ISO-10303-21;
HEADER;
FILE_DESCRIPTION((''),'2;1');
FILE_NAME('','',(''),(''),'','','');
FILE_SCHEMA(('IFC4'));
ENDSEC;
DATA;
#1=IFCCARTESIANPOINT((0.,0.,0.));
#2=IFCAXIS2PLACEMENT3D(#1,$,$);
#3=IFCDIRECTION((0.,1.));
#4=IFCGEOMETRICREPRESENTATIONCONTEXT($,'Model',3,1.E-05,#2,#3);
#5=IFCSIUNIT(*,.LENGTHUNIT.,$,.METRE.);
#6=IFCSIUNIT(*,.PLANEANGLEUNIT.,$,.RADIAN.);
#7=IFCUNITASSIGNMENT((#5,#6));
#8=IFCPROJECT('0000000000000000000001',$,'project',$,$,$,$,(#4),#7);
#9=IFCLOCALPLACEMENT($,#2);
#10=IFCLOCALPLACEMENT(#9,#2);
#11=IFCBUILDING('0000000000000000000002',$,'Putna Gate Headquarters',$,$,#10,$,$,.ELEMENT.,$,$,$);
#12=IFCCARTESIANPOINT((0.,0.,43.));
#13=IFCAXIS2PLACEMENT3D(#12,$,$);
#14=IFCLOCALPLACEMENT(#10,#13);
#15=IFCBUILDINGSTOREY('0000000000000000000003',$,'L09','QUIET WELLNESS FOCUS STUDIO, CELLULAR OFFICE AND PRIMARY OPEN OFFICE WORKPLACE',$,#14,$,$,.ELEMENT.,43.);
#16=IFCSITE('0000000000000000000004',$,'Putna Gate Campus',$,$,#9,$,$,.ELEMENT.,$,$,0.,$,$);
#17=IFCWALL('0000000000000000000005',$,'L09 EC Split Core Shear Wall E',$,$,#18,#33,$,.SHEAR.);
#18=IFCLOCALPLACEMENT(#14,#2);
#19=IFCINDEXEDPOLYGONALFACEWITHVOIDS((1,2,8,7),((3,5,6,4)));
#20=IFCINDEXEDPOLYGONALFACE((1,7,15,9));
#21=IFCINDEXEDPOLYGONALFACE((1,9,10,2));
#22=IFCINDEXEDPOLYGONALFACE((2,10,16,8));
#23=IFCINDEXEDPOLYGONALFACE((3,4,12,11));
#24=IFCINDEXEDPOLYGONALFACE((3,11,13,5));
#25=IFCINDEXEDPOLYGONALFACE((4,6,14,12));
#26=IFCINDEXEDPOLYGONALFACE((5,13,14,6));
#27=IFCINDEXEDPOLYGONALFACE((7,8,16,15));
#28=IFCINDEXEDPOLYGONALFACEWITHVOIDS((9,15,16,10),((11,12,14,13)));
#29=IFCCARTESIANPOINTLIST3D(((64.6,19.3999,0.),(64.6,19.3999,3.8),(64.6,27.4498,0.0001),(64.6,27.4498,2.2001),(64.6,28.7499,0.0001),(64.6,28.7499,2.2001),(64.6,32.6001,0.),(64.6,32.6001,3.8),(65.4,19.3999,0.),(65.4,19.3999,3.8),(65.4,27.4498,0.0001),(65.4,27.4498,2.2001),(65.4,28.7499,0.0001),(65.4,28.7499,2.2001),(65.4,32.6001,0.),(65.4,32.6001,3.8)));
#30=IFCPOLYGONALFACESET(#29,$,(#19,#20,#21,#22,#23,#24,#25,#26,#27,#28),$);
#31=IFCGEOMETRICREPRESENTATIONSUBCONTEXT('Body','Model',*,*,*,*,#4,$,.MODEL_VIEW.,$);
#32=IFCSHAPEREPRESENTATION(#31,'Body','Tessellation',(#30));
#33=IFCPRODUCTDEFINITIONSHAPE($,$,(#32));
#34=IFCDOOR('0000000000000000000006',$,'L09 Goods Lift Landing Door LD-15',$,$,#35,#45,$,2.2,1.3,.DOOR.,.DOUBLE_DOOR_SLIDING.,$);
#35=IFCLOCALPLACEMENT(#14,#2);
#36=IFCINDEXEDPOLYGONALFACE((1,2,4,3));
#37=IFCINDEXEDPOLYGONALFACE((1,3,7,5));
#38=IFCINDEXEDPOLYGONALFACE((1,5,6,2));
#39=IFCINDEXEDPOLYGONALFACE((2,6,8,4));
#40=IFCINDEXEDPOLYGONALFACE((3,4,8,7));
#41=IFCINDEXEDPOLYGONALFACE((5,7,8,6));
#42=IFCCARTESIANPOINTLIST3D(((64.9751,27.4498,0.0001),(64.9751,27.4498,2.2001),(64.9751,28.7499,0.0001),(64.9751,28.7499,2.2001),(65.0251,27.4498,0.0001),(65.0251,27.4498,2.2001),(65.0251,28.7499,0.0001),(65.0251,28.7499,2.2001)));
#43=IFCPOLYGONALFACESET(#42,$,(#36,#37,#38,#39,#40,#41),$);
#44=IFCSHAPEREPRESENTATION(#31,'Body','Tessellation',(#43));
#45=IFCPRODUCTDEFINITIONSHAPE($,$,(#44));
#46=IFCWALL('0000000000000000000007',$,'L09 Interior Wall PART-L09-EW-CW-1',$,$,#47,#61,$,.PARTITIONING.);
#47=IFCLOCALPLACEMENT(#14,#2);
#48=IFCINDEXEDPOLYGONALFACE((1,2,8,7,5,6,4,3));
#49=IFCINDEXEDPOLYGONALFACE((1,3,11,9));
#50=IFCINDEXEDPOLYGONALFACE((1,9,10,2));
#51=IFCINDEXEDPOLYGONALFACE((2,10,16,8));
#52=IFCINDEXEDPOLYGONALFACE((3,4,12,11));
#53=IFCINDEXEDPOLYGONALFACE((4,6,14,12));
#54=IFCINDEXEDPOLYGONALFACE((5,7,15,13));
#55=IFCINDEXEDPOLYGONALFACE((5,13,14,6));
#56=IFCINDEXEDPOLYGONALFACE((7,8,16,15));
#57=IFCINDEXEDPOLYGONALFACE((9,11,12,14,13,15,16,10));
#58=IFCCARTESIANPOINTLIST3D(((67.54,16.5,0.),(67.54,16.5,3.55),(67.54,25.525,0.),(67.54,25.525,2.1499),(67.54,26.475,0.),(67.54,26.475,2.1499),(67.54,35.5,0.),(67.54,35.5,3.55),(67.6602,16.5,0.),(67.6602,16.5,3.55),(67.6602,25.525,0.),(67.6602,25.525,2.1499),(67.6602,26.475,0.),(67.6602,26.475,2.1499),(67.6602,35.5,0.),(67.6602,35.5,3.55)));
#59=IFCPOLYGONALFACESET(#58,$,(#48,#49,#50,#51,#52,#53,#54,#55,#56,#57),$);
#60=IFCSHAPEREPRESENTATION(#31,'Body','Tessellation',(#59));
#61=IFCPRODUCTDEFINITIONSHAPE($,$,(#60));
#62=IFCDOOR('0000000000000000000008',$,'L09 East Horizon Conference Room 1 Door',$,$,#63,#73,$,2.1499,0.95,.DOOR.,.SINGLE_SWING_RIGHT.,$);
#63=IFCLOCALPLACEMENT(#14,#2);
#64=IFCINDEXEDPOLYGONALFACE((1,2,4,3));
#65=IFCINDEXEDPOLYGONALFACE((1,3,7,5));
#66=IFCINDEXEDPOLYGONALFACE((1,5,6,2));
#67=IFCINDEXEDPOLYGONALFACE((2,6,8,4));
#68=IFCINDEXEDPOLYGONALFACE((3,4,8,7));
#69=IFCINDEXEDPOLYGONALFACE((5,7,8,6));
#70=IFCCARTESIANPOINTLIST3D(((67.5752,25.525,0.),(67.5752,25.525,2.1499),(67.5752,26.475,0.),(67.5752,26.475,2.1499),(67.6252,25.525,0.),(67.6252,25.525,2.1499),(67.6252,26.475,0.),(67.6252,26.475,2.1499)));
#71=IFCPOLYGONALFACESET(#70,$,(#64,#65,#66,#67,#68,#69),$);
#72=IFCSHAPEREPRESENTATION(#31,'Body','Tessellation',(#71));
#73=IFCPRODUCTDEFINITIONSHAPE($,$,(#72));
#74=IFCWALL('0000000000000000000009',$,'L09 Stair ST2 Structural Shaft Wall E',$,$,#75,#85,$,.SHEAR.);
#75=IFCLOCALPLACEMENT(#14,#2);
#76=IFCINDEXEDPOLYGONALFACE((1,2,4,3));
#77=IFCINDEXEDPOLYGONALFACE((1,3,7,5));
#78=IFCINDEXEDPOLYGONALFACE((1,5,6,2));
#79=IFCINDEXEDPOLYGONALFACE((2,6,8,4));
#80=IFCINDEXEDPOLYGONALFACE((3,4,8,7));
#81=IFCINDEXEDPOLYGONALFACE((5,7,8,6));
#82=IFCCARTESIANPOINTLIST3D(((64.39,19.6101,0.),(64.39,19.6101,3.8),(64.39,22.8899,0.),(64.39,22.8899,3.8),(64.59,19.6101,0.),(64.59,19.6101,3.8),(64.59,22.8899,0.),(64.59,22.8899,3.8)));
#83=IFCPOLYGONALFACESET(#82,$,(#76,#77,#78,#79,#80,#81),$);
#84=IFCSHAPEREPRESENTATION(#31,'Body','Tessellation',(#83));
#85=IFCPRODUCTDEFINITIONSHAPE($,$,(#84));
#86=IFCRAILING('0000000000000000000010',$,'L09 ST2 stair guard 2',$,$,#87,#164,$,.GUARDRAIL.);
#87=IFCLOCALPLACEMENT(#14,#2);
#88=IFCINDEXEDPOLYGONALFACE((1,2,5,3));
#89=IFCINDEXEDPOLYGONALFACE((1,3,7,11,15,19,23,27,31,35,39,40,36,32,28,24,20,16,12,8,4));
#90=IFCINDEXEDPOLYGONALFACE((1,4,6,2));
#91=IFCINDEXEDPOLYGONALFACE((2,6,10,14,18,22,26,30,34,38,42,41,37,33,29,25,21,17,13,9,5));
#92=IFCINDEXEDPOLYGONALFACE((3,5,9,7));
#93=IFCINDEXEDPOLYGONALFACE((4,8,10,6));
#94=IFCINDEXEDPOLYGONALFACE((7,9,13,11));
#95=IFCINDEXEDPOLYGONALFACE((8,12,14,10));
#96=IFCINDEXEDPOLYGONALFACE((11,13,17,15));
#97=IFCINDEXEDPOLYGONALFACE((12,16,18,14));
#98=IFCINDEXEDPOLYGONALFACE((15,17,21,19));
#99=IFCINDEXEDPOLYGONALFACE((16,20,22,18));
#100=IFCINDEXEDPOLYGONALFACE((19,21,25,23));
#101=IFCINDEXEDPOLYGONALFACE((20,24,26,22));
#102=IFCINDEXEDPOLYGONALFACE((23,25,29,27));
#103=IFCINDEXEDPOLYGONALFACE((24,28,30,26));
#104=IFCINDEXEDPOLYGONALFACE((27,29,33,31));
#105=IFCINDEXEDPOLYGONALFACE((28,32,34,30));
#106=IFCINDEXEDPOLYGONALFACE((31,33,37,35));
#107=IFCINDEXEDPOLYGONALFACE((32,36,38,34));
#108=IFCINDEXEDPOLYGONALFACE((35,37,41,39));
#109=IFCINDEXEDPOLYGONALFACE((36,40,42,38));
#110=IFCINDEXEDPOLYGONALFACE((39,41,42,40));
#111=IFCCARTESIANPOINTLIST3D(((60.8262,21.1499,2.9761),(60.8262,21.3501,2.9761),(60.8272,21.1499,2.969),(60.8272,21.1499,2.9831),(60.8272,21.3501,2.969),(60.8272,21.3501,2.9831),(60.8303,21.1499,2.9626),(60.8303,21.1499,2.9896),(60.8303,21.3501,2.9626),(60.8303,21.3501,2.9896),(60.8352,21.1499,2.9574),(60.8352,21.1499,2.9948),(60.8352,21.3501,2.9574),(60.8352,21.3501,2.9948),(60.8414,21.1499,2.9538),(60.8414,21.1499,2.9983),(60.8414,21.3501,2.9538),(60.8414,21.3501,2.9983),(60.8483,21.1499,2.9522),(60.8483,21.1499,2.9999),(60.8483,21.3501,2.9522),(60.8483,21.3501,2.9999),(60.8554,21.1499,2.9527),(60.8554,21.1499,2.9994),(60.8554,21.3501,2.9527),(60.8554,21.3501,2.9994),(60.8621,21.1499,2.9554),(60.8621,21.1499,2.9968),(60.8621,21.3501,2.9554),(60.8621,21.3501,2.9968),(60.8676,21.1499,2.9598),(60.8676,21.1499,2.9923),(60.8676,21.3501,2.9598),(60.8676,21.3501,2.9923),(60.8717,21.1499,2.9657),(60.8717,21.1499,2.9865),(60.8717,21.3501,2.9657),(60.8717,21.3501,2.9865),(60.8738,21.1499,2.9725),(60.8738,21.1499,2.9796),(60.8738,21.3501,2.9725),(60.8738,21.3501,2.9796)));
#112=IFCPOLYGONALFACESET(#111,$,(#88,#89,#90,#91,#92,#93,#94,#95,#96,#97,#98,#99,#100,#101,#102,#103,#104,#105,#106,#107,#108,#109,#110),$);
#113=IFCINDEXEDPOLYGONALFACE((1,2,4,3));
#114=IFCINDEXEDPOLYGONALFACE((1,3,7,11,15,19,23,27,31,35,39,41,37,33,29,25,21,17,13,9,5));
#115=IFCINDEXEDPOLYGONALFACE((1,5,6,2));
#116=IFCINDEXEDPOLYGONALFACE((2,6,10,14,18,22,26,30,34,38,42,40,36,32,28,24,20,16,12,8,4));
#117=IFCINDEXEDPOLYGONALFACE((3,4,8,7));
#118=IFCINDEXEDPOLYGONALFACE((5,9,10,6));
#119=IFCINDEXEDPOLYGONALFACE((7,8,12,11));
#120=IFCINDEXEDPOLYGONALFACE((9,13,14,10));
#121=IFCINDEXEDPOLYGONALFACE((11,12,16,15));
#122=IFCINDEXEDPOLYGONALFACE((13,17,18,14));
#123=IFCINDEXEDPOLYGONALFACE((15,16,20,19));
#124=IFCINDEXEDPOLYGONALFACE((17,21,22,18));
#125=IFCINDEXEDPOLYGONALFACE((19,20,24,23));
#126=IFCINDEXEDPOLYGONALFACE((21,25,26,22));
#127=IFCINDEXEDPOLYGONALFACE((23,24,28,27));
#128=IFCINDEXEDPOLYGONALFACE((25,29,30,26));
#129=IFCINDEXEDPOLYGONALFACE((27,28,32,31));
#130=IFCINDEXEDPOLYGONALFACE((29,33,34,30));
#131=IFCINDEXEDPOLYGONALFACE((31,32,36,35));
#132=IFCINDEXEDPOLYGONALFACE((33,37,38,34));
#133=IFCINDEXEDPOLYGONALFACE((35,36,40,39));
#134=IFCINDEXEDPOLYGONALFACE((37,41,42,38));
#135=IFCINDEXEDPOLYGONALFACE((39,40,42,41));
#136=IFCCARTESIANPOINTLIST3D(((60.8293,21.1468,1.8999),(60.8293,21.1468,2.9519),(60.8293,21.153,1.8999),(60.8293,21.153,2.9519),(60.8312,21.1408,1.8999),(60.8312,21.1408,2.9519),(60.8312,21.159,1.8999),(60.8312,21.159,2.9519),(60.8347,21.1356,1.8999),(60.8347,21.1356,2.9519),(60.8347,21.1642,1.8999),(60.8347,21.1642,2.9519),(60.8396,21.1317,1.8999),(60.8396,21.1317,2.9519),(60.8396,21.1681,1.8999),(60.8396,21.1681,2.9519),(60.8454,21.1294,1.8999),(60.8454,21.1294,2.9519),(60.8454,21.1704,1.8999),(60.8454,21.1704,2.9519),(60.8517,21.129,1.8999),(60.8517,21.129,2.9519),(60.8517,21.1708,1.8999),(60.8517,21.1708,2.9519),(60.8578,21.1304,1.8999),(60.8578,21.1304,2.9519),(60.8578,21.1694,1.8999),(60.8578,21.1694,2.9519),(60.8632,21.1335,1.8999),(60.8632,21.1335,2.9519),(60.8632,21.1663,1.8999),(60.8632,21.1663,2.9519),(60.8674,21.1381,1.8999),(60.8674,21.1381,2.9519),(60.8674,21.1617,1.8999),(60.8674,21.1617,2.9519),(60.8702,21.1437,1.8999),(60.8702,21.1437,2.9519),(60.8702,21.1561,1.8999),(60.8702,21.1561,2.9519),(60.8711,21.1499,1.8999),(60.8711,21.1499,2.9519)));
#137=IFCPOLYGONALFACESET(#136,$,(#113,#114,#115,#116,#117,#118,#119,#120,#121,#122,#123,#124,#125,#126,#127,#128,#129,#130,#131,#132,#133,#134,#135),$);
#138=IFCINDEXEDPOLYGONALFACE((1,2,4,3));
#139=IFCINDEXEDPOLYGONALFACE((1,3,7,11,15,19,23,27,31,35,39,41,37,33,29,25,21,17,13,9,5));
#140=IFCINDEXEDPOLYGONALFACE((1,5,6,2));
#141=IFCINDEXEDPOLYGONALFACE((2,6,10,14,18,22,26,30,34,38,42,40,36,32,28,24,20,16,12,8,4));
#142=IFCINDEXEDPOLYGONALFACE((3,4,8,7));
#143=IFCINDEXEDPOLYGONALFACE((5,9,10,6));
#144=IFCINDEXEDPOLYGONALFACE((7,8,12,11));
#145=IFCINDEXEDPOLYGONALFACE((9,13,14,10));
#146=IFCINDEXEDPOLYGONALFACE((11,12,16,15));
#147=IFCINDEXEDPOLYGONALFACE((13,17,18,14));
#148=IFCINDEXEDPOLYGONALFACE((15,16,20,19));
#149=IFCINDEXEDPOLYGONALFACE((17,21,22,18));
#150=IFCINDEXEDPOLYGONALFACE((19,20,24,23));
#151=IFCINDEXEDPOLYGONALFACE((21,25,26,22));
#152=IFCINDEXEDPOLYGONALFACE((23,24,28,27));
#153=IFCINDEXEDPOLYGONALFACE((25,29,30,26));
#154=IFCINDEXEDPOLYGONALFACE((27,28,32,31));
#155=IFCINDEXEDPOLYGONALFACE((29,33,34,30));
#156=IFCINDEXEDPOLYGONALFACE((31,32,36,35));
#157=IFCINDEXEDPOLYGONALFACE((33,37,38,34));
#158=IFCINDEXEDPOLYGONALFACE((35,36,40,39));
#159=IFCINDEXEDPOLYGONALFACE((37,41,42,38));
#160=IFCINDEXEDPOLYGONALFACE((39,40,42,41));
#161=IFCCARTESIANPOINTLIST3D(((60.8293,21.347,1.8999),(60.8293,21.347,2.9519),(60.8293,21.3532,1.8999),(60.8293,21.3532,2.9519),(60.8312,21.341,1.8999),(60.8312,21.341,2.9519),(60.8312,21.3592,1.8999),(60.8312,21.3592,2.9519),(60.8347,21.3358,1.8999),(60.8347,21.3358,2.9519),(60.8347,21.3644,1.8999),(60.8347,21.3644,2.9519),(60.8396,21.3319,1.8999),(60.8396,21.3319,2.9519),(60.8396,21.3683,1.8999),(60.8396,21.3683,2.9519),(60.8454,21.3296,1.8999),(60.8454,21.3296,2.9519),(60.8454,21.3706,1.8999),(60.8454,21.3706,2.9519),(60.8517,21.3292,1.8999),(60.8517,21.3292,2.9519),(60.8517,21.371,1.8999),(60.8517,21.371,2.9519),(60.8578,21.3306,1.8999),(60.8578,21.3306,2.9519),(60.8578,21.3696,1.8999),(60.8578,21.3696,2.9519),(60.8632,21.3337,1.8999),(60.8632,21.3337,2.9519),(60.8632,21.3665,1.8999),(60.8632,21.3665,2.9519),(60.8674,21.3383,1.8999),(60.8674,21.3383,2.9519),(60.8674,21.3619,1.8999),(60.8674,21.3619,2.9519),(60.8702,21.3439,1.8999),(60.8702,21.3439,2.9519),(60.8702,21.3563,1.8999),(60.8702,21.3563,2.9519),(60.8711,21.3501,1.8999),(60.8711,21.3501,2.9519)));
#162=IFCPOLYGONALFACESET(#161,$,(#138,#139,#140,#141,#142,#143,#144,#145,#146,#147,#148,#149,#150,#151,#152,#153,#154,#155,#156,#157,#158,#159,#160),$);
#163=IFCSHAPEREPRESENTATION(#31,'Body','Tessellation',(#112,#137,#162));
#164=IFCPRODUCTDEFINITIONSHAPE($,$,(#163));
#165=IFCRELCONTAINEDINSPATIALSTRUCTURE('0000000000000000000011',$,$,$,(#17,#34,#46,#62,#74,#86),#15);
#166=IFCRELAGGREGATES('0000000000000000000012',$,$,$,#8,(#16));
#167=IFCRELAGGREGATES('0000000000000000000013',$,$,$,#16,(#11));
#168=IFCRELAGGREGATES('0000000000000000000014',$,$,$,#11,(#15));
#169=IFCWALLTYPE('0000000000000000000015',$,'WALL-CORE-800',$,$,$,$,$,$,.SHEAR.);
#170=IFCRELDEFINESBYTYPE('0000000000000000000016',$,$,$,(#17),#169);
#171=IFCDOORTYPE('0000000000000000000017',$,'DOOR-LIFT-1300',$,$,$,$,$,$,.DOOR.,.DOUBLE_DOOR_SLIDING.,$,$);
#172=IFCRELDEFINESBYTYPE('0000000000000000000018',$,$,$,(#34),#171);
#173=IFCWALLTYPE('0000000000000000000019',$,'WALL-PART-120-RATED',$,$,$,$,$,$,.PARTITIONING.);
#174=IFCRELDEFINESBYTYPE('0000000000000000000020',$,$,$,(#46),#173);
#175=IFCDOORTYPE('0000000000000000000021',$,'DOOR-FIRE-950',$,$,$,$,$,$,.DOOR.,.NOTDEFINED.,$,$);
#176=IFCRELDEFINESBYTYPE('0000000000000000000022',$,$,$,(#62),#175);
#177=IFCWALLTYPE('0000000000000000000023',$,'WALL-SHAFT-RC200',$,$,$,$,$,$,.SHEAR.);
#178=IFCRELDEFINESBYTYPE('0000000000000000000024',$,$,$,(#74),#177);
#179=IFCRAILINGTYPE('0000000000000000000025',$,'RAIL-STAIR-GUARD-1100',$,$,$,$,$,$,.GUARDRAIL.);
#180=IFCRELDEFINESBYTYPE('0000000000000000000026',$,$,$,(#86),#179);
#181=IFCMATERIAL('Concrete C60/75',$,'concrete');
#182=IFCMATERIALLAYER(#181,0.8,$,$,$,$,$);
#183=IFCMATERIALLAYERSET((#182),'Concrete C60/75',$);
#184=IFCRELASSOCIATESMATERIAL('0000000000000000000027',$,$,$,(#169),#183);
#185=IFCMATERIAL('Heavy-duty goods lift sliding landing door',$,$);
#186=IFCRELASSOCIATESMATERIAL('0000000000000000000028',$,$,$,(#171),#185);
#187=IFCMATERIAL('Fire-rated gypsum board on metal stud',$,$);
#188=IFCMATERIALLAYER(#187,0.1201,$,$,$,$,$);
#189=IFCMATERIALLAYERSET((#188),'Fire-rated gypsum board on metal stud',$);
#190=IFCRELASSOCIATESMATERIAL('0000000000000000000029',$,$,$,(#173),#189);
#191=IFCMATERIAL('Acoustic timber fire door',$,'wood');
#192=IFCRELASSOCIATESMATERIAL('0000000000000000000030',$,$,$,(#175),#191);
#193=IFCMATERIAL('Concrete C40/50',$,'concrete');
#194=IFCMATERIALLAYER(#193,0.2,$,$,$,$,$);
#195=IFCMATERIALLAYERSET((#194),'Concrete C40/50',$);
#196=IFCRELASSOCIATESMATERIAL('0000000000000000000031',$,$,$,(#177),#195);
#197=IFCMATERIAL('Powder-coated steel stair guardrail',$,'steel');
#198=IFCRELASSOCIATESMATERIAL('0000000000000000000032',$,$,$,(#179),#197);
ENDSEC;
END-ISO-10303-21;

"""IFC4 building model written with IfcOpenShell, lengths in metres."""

from ifc_helpers import new_model, si_unit, direction, frame, frame_2d, origin, origin_2d, place, context, subcontext, project, spatial, rectangle, circle, extrude, material, layer, layer_set, type_object, element, fill, save


model = new_model("IFC4")

# Units and contexts
model_context = context("Model", 3, precision=1e-05, world=origin(), true_north=direction((0.0, 1.0)))
body_context = subcontext(model_context, "Body", "Model", "MODEL_VIEW")
ifc_project = project(units=[si_unit("LENGTHUNIT", "METRE"), si_unit("PLANEANGLEUNIT", "RADIAN")], contexts=[model_context])

# Site, building, storey
site_placement = place(None, origin())
site = spatial("IfcSite", under=ifc_project, at=site_placement, Name="Putna Gate Campus", CompositionType="ELEMENT", RefElevation=0.0)
building_placement = place(site_placement, origin())
building = spatial("IfcBuilding", under=site, at=building_placement, Name="Putna Gate Headquarters", CompositionType="ELEMENT")
storey_placement = place(building_placement, frame((0.0, 0.0, 43.0)))
storey = spatial("IfcBuildingStorey", under=building, at=storey_placement, Name="L09", Description="QUIET WELLNESS FOCUS STUDIO, CELLULAR OFFICE AND PRIMARY OPEN OFFICE WORKPLACE", CompositionType="ELEMENT", Elevation=43.0)

# Shared definitions
ifc_material_1 = material(Name="Concrete C60/75", Category="concrete")

# Walls, openings, doors
ifc_layer_1 = layer(ifc_material_1, 0.8)
ifc_layer_set_1 = layer_set([ifc_layer_1], Name="Concrete C60/75")
wall_type_1 = type_object("IfcWallType", Name="WALL-CORE-800", PredefinedType="SHEAR", material=ifc_layer_set_1)
wall_1_placement = place(storey_placement, frame((65.0, 19.3999, 0.0), z_axis=(0.0, 0.0, 1.0), x_axis=(0.0, 1.0, 0.0)))
wall_1 = element("IfcWall", 1, at=wall_1_placement, inside=storey, type_object=wall_type_1, Name="L09 EC Split Core Shear Wall E", PredefinedType="SHEAR", context=body_context, shape_type="SweptSolid", body=[
    extrude(rectangle(XDim=13.2002, YDim=0.8, at=frame_2d((6.6001, 0.0))), origin(), (0.0, 0.0, 1.0), 3.8),
])
opening_1_placement = place(wall_1_placement, frame((8.05, 0.0, 0.0)))
opening_1 = element("IfcOpeningElement", 2, at=opening_1_placement, cuts=wall_1, PredefinedType="OPENING", context=body_context, shape_type="SweptSolid", body=[
    extrude(rectangle(XDim=1.3, YDim=2.2, at=frame_2d((0.6499, 1.1001))), frame((0.0, 0.4099, 0.0), z_axis=(0.0, -1.0, 0.0), x_axis=(1.0, 0.0, 0.0)), (0.0, 0.0, 1.0), 0.8201),
])
ifc_material_2 = material(Name="Heavy-duty goods lift sliding landing door")
door_type_1 = type_object("IfcDoorType", Name="DOOR-LIFT-1300", OperationType="DOUBLE_DOOR_SLIDING", PredefinedType="DOOR", material=ifc_material_2)
door_1_placement = place(opening_1_placement, origin())
door_1 = element("IfcDoor", 3, at=door_1_placement, inside=storey, type_object=door_type_1, Name="L09 Goods Lift Landing Door LD-15", OperationType="DOUBLE_DOOR_SLIDING", OverallHeight=2.2, OverallWidth=1.3, PredefinedType="DOOR", context=body_context, shape_type="SweptSolid", body=[
    extrude(rectangle(XDim=1.3, YDim=2.2, at=frame_2d((0.6499, 1.1001))), frame((0.0, 0.0249, 0.0), z_axis=(0.0, -1.0, 0.0), x_axis=(1.0, 0.0, 0.0)), (0.0, 0.0, 1.0), 0.05),
])
fill(opening_1, door_1)
ifc_material_3 = material(Name="Fire-rated gypsum board on metal stud")
ifc_layer_2 = layer(ifc_material_3, 0.1201)
ifc_layer_set_2 = layer_set([ifc_layer_2], Name="Fire-rated gypsum board on metal stud")
wall_type_2 = type_object("IfcWallType", Name="WALL-PART-120-RATED", PredefinedType="PARTITIONING", material=ifc_layer_set_2)
wall_2_placement = place(storey_placement, frame((67.6001, 16.5, 0.0), z_axis=(0.0, 0.0, 1.0), x_axis=(0.0, 1.0, 0.0)))
wall_2 = element("IfcWall", 4, at=wall_2_placement, inside=storey, type_object=wall_type_2, Name="L09 Interior Wall PART-L09-EW-CW-1", PredefinedType="PARTITIONING", context=body_context, shape_type="SweptSolid", body=[
    extrude(rectangle(XDim=19.0, YDim=0.1201, at=frame_2d((9.5, 0.0))), origin(), (0.0, 0.0, 1.0), 3.55),
])
opening_2_placement = place(wall_2_placement, frame((9.0249, 0.0, 0.0)))
opening_2 = element("IfcOpeningElement", 5, at=opening_2_placement, cuts=wall_2, PredefinedType="OPENING", context=body_context, shape_type="SweptSolid", body=[
    extrude(rectangle(XDim=0.95, YDim=2.1499, at=frame_2d((0.4751, 1.075))), frame((0.0, 0.0701, 0.0), z_axis=(0.0, -1.0, 0.0), x_axis=(1.0, 0.0, 0.0)), (0.0, 0.0, 1.0), 0.1401),
])
ifc_material_4 = material(Name="Acoustic timber fire door", Category="wood")
door_type_2 = type_object("IfcDoorType", Name="DOOR-FIRE-950", OperationType="NOTDEFINED", PredefinedType="DOOR", material=ifc_material_4)
door_2_placement = place(opening_2_placement, origin())
door_2 = element("IfcDoor", 6, at=door_2_placement, inside=storey, type_object=door_type_2, Name="L09 East Horizon Conference Room 1 Door", OperationType="SINGLE_SWING_RIGHT", OverallHeight=2.1499, OverallWidth=0.95, PredefinedType="DOOR", context=body_context, shape_type="SweptSolid", body=[
    extrude(rectangle(XDim=0.95, YDim=2.1499, at=frame_2d((0.4751, 1.075))), frame((0.0, 0.0249, 0.0), z_axis=(0.0, -1.0, 0.0), x_axis=(1.0, 0.0, 0.0)), (0.0, 0.0, 1.0), 0.05),
])
fill(opening_2, door_2)

# Wall
ifc_material_5 = material(Name="Concrete C40/50", Category="concrete")
ifc_layer_3 = layer(ifc_material_5, 0.2)
ifc_layer_set_3 = layer_set([ifc_layer_3], Name="Concrete C40/50")
wall_type_3 = type_object("IfcWallType", Name="WALL-SHAFT-RC200", PredefinedType="SHEAR", material=ifc_layer_set_3)
wall_3_placement = place(storey_placement, frame((64.49, 19.6101, 0.0), z_axis=(0.0, 0.0, 1.0), x_axis=(0.0, 1.0, 0.0)))
element("IfcWall", 7, at=wall_3_placement, inside=storey, type_object=wall_type_3, Name="L09 Stair ST2 Structural Shaft Wall E", PredefinedType="SHEAR", context=body_context, shape_type="SweptSolid", body=[
    extrude(rectangle(XDim=3.2798, YDim=0.2, at=frame_2d((1.6399, 0.0))), origin(), (0.0, 0.0, 1.0), 3.8),
])

# Railing
ifc_material_6 = material(Name="Powder-coated steel stair guardrail", Category="steel")
railing_type = type_object("IfcRailingType", Name="RAIL-STAIR-GUARD-1100", PredefinedType="GUARDRAIL", material=ifc_material_6)
railing_1_placement = place(storey_placement, frame((60.8501, 21.1499, 1.8999)))
element("IfcRailing", 8, at=railing_1_placement, inside=storey, type_object=railing_type, Name="L09 ST2 stair guard 2", PredefinedType="GUARDRAIL", context=body_context, shape_type="SweptSolid", body=[
    extrude(circle(Radius=0.0239, at=origin_2d()), frame((0.0, 0.0, 1.0762), z_axis=(0.0, 1.0, 0.0), x_axis=(-1.0, 0.0, 0.0)), (0.0, 0.0, 1.0), 0.2002),
    extrude(circle(Radius=0.021, at=origin_2d()), origin(), (0.0, 0.0, 1.0), 1.052),
    extrude(circle(Radius=0.021, at=origin_2d()), frame((0.0, 0.2002, 0.0)), (0.0, 0.0, 1.0), 1.052),
])

save(model, "model.ifc")
